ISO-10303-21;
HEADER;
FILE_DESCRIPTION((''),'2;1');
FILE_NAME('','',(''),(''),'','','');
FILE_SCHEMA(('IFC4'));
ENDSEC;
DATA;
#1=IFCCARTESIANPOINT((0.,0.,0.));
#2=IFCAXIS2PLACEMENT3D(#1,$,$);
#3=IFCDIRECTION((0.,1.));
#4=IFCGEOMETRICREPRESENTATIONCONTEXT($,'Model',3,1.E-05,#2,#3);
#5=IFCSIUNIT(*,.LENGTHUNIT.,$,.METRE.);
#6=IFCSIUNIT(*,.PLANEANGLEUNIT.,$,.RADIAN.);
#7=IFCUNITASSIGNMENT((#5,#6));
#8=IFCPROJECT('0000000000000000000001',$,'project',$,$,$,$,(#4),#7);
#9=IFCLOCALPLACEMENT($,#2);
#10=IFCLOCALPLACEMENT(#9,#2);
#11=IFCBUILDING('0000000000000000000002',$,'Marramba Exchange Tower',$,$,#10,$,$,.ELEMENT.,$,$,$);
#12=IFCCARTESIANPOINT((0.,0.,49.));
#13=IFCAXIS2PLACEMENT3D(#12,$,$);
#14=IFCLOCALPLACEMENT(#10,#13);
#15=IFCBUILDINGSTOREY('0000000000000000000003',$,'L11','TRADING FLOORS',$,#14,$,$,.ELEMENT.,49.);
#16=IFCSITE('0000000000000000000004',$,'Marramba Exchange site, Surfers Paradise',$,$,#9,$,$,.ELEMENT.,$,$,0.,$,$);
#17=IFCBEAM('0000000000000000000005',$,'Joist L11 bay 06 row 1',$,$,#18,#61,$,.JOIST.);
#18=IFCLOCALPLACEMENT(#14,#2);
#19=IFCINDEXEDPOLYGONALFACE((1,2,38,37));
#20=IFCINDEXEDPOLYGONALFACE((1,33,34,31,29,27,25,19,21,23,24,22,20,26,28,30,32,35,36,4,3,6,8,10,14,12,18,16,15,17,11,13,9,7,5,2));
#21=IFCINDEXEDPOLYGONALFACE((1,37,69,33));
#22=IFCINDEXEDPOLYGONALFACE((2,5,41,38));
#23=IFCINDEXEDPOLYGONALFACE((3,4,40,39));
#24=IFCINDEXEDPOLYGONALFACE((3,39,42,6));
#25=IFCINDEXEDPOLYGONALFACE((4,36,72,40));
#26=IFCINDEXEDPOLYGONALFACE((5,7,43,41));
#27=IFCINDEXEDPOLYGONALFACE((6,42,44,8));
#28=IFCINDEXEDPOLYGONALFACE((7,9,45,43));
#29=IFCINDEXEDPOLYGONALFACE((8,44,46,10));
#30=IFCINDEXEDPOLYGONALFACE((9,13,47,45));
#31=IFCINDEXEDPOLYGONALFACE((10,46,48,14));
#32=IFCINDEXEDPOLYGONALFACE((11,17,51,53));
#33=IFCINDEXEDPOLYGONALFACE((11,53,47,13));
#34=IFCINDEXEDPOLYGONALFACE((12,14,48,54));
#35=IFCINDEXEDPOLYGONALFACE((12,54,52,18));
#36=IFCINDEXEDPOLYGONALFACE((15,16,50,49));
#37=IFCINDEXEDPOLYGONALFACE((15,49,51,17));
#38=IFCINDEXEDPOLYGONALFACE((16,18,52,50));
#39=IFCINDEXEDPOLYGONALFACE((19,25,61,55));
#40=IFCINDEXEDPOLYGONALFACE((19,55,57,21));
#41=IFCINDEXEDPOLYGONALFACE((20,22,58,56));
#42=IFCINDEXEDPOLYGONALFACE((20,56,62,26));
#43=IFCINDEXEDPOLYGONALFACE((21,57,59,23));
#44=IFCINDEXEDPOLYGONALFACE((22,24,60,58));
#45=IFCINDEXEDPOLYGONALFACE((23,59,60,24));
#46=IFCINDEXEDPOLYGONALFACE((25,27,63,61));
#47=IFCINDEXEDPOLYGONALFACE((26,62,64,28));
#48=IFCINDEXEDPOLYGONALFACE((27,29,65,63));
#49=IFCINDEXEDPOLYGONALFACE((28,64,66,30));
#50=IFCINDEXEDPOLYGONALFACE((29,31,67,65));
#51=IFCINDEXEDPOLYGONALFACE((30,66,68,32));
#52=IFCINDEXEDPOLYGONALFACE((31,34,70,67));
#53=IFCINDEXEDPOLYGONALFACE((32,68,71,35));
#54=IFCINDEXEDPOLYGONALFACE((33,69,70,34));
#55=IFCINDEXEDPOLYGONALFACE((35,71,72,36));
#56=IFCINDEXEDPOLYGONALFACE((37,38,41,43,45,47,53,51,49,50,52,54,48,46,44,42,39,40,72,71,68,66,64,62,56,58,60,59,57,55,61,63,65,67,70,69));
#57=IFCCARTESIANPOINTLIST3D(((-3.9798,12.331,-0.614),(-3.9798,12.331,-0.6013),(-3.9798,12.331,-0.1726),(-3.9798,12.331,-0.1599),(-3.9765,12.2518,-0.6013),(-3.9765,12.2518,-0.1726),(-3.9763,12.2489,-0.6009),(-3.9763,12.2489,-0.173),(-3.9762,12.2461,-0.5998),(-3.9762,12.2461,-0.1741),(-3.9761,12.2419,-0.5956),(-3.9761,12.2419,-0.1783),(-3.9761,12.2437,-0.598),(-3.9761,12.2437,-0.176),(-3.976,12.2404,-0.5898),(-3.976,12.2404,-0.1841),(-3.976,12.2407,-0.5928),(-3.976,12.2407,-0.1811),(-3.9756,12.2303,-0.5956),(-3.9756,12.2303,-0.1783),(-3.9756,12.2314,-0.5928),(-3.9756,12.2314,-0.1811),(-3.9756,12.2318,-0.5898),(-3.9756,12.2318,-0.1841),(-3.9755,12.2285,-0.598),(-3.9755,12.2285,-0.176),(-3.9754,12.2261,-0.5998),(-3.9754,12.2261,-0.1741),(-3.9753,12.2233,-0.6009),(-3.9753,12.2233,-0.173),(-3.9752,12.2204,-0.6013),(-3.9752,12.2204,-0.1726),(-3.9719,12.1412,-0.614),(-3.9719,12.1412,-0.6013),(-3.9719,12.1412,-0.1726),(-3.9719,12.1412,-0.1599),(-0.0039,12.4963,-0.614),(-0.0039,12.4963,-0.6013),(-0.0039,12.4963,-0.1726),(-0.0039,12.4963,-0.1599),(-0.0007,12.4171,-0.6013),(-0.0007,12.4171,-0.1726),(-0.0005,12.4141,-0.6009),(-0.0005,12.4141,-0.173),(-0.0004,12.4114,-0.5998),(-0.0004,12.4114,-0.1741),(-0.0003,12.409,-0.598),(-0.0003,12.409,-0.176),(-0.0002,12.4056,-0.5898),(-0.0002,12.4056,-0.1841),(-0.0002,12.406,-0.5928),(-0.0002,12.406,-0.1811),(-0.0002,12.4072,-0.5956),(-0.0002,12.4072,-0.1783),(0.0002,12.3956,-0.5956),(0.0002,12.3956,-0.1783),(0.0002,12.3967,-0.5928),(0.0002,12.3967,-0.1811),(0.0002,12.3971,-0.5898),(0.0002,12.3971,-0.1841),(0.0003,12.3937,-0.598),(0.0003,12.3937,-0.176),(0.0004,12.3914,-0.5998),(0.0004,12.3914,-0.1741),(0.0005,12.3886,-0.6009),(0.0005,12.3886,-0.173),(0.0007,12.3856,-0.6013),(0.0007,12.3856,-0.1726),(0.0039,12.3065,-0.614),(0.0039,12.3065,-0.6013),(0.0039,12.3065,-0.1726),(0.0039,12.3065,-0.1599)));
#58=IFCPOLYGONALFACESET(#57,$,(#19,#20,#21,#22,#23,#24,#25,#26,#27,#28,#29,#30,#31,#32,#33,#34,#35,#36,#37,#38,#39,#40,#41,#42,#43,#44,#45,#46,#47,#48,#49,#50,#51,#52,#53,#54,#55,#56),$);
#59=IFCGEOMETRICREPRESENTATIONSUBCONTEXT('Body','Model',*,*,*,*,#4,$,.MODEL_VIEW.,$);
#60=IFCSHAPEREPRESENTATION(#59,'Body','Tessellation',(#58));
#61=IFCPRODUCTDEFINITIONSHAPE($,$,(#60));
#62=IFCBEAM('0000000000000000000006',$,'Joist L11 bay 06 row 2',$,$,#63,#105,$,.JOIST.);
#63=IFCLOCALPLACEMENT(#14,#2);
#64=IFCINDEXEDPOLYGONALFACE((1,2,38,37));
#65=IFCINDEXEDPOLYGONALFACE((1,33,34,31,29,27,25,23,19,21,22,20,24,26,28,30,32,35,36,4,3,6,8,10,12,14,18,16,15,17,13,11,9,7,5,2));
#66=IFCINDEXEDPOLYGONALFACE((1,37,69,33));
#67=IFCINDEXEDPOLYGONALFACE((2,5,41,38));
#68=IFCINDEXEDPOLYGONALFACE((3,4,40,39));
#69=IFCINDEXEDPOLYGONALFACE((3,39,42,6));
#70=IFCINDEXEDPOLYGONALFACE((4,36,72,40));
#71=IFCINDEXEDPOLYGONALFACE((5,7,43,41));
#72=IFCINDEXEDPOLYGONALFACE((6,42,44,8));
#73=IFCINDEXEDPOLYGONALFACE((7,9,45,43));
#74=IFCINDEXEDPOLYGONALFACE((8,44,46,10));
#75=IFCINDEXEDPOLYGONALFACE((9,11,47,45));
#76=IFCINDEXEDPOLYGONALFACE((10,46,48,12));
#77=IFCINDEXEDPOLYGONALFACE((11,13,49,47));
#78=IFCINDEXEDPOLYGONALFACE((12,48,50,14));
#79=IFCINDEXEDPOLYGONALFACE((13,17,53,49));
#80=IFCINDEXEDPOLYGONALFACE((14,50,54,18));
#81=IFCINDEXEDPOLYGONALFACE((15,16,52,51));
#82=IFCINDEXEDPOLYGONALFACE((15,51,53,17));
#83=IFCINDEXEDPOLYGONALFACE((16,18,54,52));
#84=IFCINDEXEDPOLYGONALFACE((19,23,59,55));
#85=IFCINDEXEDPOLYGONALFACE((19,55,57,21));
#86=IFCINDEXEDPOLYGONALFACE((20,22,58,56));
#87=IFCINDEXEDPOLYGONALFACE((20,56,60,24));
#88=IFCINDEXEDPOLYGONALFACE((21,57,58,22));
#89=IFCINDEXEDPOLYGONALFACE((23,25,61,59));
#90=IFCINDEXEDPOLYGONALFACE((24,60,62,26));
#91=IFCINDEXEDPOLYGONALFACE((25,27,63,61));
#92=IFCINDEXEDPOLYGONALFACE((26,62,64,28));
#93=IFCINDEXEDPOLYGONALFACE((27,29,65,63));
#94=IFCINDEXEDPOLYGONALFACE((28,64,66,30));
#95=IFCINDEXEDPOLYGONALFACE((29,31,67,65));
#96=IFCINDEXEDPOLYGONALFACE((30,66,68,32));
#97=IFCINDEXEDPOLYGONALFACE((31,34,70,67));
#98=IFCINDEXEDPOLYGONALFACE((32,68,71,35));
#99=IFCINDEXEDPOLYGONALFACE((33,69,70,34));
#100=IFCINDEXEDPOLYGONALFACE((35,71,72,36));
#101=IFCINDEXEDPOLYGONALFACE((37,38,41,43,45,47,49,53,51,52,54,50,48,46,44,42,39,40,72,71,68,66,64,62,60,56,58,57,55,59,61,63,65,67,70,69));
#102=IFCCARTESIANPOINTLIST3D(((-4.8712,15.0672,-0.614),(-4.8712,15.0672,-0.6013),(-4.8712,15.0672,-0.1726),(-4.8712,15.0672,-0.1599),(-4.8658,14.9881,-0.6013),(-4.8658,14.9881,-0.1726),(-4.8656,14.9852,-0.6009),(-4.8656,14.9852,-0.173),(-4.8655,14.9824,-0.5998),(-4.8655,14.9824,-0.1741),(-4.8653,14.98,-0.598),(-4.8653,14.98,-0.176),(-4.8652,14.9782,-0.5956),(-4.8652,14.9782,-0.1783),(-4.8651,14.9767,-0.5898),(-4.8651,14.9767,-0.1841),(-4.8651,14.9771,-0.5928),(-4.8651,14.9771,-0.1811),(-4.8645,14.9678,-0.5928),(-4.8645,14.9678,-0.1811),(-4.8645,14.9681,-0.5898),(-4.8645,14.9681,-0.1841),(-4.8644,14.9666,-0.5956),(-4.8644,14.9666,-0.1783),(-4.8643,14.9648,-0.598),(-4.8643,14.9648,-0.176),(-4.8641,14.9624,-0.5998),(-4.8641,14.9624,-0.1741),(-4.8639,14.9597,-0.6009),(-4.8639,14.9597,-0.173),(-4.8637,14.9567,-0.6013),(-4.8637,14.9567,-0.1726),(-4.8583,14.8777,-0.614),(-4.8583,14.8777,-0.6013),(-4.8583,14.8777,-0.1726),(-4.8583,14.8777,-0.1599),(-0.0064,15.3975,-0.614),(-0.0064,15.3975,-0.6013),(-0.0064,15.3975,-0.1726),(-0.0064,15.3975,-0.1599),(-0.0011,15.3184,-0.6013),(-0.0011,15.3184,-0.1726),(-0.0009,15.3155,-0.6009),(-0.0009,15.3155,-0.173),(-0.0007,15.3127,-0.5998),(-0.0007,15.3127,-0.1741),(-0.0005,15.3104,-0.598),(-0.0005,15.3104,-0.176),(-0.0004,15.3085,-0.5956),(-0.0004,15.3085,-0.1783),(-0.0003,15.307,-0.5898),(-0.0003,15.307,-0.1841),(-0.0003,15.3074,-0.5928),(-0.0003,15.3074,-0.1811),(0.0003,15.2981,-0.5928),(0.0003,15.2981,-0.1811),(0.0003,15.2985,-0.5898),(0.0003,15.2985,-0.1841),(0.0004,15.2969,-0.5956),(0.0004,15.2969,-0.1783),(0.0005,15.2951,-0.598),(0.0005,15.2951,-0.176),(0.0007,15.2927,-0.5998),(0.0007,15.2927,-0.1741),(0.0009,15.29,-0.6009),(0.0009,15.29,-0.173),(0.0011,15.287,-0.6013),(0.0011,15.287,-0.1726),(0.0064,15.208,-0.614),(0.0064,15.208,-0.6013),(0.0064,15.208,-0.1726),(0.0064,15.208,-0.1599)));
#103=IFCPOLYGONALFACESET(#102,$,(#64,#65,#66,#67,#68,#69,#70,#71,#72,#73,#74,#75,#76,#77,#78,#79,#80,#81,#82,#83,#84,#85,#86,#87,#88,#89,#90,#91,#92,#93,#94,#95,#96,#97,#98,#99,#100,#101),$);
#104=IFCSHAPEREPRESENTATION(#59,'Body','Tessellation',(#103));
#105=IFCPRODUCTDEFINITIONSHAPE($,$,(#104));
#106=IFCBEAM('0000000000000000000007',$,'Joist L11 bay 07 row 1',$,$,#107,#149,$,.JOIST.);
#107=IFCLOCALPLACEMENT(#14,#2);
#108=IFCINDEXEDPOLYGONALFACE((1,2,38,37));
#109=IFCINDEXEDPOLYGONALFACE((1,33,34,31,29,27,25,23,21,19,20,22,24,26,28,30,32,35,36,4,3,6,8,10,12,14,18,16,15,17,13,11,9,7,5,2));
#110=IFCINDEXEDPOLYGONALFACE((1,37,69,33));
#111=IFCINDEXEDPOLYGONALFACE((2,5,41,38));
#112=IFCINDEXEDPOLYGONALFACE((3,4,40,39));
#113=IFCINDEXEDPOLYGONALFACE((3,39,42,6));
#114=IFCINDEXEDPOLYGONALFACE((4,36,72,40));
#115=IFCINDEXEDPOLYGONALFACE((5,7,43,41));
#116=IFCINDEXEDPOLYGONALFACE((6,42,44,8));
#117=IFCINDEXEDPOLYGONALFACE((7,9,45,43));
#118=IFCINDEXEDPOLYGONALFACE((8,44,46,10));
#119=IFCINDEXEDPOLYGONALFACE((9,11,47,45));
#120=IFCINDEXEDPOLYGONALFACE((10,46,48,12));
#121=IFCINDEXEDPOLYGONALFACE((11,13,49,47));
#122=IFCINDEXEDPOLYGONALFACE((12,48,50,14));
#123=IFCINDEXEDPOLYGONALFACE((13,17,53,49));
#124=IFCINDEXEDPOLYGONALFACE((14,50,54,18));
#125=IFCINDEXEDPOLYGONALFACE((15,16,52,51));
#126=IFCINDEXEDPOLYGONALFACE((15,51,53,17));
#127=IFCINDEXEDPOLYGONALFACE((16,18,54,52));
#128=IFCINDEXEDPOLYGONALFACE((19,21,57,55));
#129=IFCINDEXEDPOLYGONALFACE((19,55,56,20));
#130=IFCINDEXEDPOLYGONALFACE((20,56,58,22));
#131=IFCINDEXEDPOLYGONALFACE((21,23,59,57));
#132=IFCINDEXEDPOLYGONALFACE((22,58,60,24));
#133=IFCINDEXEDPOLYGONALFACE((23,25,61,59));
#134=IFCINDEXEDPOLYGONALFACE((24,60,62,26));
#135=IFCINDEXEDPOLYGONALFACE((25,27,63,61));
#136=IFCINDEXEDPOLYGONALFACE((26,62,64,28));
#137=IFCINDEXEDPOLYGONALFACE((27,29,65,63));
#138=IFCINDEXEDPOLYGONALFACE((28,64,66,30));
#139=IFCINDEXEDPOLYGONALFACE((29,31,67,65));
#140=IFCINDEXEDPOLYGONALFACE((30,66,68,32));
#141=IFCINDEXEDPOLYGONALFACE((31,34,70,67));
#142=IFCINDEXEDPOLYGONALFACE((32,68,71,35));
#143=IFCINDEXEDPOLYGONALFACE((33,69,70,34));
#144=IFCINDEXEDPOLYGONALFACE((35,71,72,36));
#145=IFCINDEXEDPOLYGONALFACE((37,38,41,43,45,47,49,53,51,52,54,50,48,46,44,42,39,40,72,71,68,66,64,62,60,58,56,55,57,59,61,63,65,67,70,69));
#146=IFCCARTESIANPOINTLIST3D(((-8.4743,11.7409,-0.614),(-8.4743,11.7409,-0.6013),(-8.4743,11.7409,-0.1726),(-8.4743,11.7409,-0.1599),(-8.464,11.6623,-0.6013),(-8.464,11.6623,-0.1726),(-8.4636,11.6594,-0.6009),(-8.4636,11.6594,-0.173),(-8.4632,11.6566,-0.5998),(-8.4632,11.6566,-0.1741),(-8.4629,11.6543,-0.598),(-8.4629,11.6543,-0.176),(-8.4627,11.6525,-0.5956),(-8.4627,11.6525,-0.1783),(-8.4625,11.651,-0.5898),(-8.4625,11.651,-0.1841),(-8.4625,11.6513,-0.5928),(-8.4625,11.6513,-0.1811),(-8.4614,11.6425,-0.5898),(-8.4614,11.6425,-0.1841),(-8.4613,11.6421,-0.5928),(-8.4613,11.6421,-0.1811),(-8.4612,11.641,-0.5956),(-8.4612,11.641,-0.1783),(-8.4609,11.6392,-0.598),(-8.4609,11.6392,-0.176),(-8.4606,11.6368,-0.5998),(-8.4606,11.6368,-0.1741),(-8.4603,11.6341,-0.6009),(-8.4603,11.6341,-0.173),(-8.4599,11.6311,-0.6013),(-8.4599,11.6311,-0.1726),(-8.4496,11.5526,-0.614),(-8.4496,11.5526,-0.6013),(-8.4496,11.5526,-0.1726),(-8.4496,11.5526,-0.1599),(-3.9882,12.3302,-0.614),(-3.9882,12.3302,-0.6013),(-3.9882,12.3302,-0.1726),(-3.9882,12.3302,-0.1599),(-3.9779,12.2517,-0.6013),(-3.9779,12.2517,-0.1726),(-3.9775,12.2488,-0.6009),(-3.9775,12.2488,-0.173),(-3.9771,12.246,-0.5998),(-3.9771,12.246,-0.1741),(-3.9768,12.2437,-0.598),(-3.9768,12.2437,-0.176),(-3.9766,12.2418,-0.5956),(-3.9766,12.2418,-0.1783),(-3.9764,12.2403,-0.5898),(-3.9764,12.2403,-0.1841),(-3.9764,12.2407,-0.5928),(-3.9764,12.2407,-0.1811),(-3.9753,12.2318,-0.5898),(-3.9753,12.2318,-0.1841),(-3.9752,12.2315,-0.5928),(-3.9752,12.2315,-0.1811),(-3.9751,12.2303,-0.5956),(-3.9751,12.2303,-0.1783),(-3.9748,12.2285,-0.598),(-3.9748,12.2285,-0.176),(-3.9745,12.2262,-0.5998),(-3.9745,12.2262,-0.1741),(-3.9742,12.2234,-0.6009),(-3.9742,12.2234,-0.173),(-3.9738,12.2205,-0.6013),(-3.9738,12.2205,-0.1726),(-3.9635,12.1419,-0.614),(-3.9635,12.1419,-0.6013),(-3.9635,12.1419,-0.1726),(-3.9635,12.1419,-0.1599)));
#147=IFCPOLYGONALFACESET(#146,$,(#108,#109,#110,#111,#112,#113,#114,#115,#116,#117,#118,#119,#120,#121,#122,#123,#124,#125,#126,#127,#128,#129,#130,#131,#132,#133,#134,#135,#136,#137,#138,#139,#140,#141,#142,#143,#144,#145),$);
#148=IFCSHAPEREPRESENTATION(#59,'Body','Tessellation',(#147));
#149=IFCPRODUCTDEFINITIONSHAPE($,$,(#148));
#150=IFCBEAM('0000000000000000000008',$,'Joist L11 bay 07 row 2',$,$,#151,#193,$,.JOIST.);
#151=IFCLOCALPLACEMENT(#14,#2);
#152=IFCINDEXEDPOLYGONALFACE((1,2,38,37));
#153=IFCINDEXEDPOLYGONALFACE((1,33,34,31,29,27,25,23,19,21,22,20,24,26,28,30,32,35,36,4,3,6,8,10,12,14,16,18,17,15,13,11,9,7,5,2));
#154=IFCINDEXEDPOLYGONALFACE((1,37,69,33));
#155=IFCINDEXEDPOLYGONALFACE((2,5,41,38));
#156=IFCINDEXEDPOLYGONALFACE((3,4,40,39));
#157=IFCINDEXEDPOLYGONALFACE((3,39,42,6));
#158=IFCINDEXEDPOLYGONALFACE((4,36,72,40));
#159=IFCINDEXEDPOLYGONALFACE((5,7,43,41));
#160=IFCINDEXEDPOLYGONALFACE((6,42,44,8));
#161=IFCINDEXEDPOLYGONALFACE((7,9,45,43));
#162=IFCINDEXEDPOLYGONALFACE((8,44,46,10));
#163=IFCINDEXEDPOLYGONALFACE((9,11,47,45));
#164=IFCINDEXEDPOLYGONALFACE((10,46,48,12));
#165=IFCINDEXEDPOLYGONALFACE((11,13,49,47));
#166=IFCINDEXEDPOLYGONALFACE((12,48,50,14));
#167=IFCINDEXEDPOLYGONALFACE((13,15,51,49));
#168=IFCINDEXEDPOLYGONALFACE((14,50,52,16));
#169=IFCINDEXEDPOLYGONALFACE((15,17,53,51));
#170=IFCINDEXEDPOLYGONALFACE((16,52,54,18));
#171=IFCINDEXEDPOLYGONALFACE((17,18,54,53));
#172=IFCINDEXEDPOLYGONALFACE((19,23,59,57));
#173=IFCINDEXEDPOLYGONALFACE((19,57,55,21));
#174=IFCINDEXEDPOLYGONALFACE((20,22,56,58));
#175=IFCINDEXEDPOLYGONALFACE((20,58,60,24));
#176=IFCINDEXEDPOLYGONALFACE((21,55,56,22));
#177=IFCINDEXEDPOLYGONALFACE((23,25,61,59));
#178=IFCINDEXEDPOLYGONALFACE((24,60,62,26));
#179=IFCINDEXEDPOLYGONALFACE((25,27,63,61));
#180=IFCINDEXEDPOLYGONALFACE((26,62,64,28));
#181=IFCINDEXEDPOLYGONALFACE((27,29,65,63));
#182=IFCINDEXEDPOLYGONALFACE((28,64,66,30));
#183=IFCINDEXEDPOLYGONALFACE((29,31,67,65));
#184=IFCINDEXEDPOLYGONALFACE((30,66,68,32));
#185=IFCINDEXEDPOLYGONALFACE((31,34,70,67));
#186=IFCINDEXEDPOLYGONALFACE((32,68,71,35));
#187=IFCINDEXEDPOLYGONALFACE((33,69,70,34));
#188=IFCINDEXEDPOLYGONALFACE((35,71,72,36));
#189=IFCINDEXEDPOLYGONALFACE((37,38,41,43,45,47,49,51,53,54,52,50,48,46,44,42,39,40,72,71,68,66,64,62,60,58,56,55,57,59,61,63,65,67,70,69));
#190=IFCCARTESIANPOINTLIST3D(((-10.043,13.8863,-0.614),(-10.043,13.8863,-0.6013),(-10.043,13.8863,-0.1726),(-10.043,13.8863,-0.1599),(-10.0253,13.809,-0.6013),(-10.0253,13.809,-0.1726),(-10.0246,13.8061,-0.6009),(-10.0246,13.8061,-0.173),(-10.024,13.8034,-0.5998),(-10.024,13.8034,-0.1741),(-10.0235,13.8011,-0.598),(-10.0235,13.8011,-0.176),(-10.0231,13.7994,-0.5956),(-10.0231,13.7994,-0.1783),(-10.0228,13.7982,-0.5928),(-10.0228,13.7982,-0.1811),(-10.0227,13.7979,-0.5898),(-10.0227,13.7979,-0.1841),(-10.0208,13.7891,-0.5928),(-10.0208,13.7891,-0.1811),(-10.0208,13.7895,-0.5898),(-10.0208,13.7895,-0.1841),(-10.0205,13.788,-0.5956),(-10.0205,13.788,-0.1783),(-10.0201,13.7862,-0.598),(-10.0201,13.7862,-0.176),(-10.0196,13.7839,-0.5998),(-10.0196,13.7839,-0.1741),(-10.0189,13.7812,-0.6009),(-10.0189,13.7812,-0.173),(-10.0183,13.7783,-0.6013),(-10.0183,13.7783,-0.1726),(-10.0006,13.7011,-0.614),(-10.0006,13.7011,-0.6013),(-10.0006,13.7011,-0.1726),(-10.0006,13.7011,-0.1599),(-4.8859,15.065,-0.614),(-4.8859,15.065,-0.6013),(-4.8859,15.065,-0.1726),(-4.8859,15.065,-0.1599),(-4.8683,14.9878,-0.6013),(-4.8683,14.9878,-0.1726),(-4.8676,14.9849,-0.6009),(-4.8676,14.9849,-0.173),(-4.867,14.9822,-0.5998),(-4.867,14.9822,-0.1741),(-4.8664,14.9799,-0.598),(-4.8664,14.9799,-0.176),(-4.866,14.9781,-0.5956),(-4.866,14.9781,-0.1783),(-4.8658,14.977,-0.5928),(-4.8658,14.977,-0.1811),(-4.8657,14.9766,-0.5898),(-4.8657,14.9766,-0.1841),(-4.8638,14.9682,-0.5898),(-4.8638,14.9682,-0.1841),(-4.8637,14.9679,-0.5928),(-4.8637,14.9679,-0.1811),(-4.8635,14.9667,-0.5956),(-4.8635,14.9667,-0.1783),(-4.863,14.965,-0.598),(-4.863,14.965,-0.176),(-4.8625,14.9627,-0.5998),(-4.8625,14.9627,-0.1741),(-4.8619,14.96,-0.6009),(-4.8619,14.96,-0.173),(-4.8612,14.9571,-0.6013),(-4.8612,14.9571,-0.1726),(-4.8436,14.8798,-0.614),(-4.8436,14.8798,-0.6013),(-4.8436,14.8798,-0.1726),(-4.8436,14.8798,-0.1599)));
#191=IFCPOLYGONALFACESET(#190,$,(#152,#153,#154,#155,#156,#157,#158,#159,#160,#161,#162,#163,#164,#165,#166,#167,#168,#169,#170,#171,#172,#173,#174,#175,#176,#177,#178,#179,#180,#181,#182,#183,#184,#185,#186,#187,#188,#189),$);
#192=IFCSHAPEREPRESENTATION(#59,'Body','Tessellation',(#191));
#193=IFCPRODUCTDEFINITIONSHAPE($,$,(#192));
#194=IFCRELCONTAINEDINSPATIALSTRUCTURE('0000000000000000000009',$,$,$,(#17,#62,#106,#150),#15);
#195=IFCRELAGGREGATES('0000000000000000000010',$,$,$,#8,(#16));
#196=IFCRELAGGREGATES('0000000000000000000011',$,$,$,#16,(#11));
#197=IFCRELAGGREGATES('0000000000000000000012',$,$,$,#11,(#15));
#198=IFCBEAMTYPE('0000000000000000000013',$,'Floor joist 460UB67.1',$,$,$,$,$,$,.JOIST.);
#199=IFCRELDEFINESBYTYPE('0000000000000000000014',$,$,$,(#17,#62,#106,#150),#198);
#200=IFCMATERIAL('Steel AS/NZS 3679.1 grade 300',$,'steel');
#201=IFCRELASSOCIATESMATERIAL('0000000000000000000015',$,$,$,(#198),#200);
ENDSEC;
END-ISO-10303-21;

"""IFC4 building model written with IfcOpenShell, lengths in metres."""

from ifc_helpers import new_model, si_unit, direction, frame, origin, origin_2d, place, context, subcontext, project, spatial, i_section, extrude, material, material_profile, profile_set, type_object, element, save


model = new_model("IFC4")

# Units and contexts
model_context = context("Model", 3, precision=1e-05, world=origin(), true_north=direction((0.0, 1.0)))
body_context = subcontext(model_context, "Body", "Model", "MODEL_VIEW")
ifc_project = project(units=[si_unit("LENGTHUNIT", "METRE"), si_unit("PLANEANGLEUNIT", "RADIAN")], contexts=[model_context])

# Site, building, storey
site_placement = place(None, origin())
site = spatial("IfcSite", under=ifc_project, at=site_placement, Name="Marramba Exchange site, Surfers Paradise", CompositionType="ELEMENT", RefElevation=0.0)
building_placement = place(site_placement, origin())
building = spatial("IfcBuilding", under=site, at=building_placement, Name="Marramba Exchange Tower", CompositionType="ELEMENT")
storey_placement = place(building_placement, frame((0.0, 0.0, 49.0)))
storey = spatial("IfcBuildingStorey", under=building, at=storey_placement, Name="L11", Description="TRADING FLOORS", CompositionType="ELEMENT", Elevation=49.0)

# Beams
ifc_material_1 = material(Name="Steel AS/NZS 3679.1 grade 300", Category="steel")
ifc_material_profile_1 = material_profile(ifc_material_1, i_section(OverallWidth=0.1899, OverallDepth=0.4541, WebThickness=0.0085, FlangeThickness=0.0127, FilletRadius=0.0115, at=origin_2d()), Name="460UB67.1")
ifc_profile_set_1 = profile_set([ifc_material_profile_1], Name="Steel AS/NZS 3679.1 grade 300")
beam_type_1 = type_object("IfcBeamType", Name="Floor joist 460UB67.1", PredefinedType="JOIST", material=ifc_profile_set_1)
beam_1_placement = place(storey_placement, frame((0.0, 12.4014, -0.387), z_axis=(-0.999137, -0.041536, 0.0), x_axis=(0.041536, -0.999137, 0.0)))
element("IfcBeam", 1, at=beam_1_placement, inside=storey, type_object=beam_type_1, Name="Joist L11 bay 06 row 1", PredefinedType="JOIST", context=body_context, shape_type="SweptSolid", body=[
    extrude(i_section(OverallWidth=0.1899, OverallDepth=0.4541, WebThickness=0.0085, FlangeThickness=0.0127, FilletRadius=0.0115, at=origin_2d()), origin(), (0.0, 0.0, 1.0), 3.9792),
])
beam_2_placement = place(storey_placement, frame((0.0, 15.3027, -0.387), z_axis=(-0.997703, -0.067745, 0.0), x_axis=(0.067745, -0.997703, 0.0)))
element("IfcBeam", 2, at=beam_2_placement, inside=storey, type_object=beam_type_1, Name="Joist L11 bay 06 row 2", PredefinedType="JOIST", context=body_context, shape_type="SweptSolid", body=[
    extrude(i_section(OverallWidth=0.1899, OverallDepth=0.4541, WebThickness=0.0085, FlangeThickness=0.0127, FilletRadius=0.0115, at=origin_2d()), origin(), (0.0, 0.0, 1.0), 4.876),
])
beam_3_placement = place(storey_placement, frame((-3.9758, 12.2361, -0.387), z_axis=(-0.991481, -0.130255, 0.0), x_axis=(0.130255, -0.991481, 0.0)))
element("IfcBeam", 3, at=beam_3_placement, inside=storey, type_object=beam_type_1, Name="Joist L11 bay 07 row 1", PredefinedType="JOIST", context=body_context, shape_type="SweptSolid", body=[
    extrude(i_section(OverallWidth=0.1899, OverallDepth=0.4541, WebThickness=0.0085, FlangeThickness=0.0127, FilletRadius=0.0115, at=origin_2d()), origin(), (0.0, 0.0, 1.0), 4.5247),
])
beam_4_placement = place(storey_placement, frame((-4.8647, 14.9724, -0.387), z_axis=(-0.97486, -0.22282, 0.0), x_axis=(0.22282, -0.97486, 0.0)))
element("IfcBeam", 4, at=beam_4_placement, inside=storey, type_object=beam_type_1, Name="Joist L11 bay 07 row 2", PredefinedType="JOIST", context=body_context, shape_type="SweptSolid", body=[
    extrude(i_section(OverallWidth=0.1899, OverallDepth=0.4541, WebThickness=0.0085, FlangeThickness=0.0127, FilletRadius=0.0115, at=origin_2d()), origin(), (0.0, 0.0, 1.0), 5.29),
])

save(model, "model.ifc")
